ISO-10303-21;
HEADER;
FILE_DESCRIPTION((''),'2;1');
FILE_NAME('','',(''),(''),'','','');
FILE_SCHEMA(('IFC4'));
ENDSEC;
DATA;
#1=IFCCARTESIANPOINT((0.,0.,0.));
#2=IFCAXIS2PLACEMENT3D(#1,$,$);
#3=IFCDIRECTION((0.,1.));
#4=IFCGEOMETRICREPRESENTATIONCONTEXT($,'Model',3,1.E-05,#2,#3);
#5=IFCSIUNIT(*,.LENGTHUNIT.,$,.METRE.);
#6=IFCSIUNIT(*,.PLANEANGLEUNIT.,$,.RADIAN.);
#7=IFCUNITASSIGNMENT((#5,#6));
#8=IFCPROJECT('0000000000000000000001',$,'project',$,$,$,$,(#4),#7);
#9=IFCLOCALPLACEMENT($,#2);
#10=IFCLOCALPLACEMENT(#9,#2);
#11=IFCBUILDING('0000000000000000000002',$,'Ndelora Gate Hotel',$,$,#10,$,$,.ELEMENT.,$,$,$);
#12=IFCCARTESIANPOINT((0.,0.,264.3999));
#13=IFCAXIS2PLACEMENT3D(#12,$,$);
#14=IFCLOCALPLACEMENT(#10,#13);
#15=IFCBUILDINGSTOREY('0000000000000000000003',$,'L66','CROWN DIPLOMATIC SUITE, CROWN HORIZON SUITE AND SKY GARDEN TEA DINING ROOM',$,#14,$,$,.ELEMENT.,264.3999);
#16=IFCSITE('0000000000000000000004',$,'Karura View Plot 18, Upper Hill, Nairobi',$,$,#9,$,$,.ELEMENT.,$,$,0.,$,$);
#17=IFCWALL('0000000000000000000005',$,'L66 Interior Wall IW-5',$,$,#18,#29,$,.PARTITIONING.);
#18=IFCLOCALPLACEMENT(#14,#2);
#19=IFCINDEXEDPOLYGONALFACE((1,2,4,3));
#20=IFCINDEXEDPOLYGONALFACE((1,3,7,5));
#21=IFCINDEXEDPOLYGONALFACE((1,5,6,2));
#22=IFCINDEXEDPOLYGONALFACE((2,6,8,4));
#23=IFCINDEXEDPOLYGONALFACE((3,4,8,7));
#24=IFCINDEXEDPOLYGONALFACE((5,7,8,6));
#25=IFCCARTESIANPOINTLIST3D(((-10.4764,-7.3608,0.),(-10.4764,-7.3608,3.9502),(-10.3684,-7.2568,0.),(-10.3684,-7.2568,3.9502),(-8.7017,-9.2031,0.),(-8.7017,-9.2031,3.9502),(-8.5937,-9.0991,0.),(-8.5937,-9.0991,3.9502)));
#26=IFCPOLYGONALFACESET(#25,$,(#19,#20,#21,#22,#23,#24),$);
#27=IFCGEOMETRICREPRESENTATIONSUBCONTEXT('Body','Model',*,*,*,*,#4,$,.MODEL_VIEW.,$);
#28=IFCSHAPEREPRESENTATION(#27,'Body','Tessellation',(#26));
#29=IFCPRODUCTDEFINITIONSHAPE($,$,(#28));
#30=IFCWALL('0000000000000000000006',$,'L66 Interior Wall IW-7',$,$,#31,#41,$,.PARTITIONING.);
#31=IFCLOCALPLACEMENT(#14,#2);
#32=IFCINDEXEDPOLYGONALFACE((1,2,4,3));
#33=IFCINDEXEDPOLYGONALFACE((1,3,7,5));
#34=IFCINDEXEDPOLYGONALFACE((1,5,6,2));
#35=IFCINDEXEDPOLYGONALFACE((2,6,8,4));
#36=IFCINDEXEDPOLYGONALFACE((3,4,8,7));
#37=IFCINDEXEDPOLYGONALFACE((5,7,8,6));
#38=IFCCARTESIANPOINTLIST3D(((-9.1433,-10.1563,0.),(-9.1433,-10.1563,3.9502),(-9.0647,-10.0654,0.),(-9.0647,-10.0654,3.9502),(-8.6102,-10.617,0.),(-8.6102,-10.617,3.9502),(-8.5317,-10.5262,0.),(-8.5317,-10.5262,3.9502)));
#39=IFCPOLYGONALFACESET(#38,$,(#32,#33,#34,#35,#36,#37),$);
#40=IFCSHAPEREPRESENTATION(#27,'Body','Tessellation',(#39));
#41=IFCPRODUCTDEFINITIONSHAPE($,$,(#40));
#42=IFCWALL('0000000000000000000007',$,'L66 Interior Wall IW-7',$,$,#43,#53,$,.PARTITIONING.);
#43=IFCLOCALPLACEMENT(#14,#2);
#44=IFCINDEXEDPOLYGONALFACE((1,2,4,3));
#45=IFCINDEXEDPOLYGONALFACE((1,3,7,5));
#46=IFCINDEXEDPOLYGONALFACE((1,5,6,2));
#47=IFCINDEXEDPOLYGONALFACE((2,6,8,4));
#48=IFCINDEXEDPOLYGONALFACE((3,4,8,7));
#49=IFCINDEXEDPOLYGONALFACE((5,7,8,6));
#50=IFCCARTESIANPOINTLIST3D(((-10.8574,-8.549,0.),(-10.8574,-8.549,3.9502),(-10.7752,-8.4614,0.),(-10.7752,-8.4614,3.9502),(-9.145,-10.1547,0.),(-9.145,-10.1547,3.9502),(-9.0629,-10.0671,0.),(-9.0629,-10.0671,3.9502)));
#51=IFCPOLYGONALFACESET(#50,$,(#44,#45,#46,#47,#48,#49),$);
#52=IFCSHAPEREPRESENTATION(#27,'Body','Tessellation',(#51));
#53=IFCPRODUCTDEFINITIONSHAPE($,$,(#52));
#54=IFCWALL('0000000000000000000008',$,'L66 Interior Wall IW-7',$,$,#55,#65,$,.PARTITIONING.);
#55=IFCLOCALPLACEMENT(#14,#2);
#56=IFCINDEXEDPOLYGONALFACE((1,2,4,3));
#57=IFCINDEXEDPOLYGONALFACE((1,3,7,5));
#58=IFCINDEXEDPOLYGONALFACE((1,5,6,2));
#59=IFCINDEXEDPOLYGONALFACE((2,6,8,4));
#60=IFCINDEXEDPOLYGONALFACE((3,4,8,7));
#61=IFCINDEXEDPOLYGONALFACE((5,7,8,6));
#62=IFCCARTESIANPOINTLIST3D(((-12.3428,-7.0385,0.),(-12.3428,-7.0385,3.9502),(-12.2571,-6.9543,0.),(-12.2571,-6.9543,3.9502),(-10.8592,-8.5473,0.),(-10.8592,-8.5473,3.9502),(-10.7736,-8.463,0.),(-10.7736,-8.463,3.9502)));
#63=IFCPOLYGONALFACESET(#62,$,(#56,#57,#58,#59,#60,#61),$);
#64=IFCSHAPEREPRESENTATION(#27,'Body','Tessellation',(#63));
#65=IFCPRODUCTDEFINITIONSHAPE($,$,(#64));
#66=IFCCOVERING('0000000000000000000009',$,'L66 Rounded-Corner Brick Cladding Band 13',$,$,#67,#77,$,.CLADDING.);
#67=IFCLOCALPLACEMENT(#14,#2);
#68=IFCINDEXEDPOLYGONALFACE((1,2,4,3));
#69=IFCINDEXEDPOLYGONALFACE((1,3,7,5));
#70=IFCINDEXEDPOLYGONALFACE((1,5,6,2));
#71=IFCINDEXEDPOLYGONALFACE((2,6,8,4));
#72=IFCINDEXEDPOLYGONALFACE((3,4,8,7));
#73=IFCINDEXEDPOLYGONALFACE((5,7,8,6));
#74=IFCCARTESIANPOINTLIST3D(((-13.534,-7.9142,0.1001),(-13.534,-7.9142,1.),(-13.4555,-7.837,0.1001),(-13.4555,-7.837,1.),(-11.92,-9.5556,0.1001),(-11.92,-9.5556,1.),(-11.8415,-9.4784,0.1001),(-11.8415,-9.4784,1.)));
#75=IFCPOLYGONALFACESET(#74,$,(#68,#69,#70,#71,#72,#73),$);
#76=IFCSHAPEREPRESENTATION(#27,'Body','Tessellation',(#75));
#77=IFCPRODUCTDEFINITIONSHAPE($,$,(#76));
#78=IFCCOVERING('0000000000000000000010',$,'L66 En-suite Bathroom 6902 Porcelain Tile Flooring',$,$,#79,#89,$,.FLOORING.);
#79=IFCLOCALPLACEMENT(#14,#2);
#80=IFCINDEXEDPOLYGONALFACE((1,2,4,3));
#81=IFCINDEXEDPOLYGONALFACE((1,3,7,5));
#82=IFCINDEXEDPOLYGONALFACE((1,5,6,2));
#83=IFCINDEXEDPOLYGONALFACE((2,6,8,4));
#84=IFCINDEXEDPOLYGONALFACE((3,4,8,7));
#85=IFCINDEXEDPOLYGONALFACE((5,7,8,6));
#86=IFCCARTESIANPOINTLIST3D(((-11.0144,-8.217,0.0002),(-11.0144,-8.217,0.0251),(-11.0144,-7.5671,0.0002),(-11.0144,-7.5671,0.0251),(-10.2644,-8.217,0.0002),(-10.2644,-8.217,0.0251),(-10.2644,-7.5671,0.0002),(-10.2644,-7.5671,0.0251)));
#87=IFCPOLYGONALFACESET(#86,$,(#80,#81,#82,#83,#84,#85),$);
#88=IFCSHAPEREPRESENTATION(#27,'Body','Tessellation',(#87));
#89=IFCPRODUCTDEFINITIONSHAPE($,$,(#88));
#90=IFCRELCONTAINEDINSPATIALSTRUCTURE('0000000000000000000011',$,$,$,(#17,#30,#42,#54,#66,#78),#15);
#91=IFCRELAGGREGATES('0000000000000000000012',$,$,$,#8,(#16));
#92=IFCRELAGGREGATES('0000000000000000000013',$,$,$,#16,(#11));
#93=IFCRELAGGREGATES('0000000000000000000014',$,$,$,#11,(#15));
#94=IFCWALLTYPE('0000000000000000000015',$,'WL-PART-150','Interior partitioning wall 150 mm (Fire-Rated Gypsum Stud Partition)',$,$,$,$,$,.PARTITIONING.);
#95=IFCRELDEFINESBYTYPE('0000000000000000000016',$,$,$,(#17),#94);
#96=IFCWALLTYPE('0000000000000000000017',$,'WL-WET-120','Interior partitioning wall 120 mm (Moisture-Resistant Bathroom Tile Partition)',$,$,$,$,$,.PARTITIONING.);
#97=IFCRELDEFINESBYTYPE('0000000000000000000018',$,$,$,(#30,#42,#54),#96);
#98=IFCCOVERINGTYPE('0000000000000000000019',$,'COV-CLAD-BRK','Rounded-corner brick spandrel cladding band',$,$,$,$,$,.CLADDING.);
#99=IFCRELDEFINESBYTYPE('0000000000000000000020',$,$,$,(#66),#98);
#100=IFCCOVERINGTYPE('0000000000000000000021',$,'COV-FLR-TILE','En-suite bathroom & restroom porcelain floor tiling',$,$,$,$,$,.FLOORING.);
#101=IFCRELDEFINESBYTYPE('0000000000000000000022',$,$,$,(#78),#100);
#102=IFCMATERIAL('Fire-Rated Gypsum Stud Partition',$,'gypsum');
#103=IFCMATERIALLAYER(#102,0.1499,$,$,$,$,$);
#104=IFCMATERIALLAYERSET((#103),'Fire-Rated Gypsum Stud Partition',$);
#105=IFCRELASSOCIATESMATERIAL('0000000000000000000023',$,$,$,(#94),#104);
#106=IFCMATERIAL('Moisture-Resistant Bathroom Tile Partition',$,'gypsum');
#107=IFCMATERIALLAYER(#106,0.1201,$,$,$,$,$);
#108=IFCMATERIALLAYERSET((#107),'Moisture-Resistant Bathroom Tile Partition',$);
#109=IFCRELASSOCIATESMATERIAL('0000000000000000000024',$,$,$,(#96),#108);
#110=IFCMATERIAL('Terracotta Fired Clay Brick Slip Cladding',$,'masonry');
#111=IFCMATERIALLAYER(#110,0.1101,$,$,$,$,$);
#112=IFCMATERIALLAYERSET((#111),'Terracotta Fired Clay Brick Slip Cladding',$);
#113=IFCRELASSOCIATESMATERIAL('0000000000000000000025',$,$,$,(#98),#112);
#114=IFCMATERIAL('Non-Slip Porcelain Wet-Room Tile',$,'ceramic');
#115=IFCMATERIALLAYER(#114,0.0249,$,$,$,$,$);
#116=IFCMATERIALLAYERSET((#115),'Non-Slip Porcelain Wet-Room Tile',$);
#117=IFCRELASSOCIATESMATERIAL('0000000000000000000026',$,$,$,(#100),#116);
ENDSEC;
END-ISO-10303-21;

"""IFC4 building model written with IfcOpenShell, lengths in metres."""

from ifc_helpers import new_model, si_unit, direction, frame, frame_2d, origin, origin_2d, place, context, subcontext, project, spatial, rectangle, extrude, material, layer, layer_set, type_object, element, save


model = new_model("IFC4")

# Units and contexts
model_context = context("Model", 3, precision=1e-05, world=origin(), true_north=direction((0.0, 1.0)))
body_context = subcontext(model_context, "Body", "Model", "MODEL_VIEW")
ifc_project = project(units=[si_unit("LENGTHUNIT", "METRE"), si_unit("PLANEANGLEUNIT", "RADIAN")], contexts=[model_context])

# Site, building, storey
site_placement = place(None, origin())
site = spatial("IfcSite", under=ifc_project, at=site_placement, Name="Karura View Plot 18, Upper Hill, Nairobi", CompositionType="ELEMENT", RefElevation=0.0)
building_placement = place(site_placement, origin())
building = spatial("IfcBuilding", under=site, at=building_placement, Name="Ndelora Gate Hotel", CompositionType="ELEMENT")
storey_placement = place(building_placement, frame((0.0, 0.0, 264.3999)))
storey = spatial("IfcBuildingStorey", under=building, at=storey_placement, Name="L66", Description="CROWN DIPLOMATIC SUITE, CROWN HORIZON SUITE AND SKY GARDEN TEA DINING ROOM", CompositionType="ELEMENT", Elevation=264.3999)

# Shared definitions
ifc_material_1 = material(Name="Fire-Rated Gypsum Stud Partition", Category="gypsum")
ifc_layer_1 = layer(ifc_material_1, 0.1499)
ifc_layer_set_1 = layer_set([ifc_layer_1], Name="Fire-Rated Gypsum Stud Partition")
wall_type_1 = type_object("IfcWallType", Name="WL-PART-150", Description="Interior partitioning wall 150 mm (Fire-Rated Gypsum Stud Partition)", PredefinedType="PARTITIONING", material=ifc_layer_set_1)

# Walls
wall_1_placement = place(storey_placement, frame((-8.6477, -9.1511, 0.0), z_axis=(0.0, 0.0, 1.0), x_axis=(-0.693765, 0.720202, 0.0)))
element("IfcWall", 1, at=wall_1_placement, inside=storey, type_object=wall_type_1, Name="L66 Interior Wall IW-5", PredefinedType="PARTITIONING", context=body_context, shape_type="SweptSolid", body=[
    extrude(rectangle(XDim=2.5581, YDim=0.1499, at=frame_2d((1.2791, 0.0))), origin(), (0.0, 0.0, 1.0), 3.9502),
])
ifc_material_2 = material(Name="Moisture-Resistant Bathroom Tile Partition", Category="gypsum")
ifc_layer_2 = layer(ifc_material_2, 0.1201)
ifc_layer_set_2 = layer_set([ifc_layer_2], Name="Moisture-Resistant Bathroom Tile Partition")
wall_type_2 = type_object("IfcWallType", Name="WL-WET-120", Description="Interior partitioning wall 120 mm (Moisture-Resistant Bathroom Tile Partition)", PredefinedType="PARTITIONING", material=ifc_layer_set_2)
wall_2_placement = place(storey_placement, frame((-9.104, -10.1108, 0.0), z_axis=(0.0, 0.0, 1.0), x_axis=(0.756535, -0.653954, 0.0)))
element("IfcWall", 2, at=wall_2_placement, inside=storey, type_object=wall_type_2, Name="L66 Interior Wall IW-7", PredefinedType="PARTITIONING", context=body_context, shape_type="SweptSolid", body=[
    extrude(rectangle(XDim=0.7046, YDim=0.1201, at=frame_2d((0.3523, 0.0))), origin(), (0.0, 0.0, 1.0), 3.9502),
])
wall_3_placement = place(storey_placement, frame((-10.8164, -8.5051, 0.0), z_axis=(0.0, 0.0, 1.0), x_axis=(0.729466, -0.684017, 0.0)))
element("IfcWall", 3, at=wall_3_placement, inside=storey, type_object=wall_type_2, Name="L66 Interior Wall IW-7", PredefinedType="PARTITIONING", context=body_context, shape_type="SweptSolid", body=[
    extrude(rectangle(XDim=2.3474, YDim=0.1201, at=frame_2d((1.1738, 0.0))), origin(), (0.0, 0.0, 1.0), 3.9502),
])
wall_4_placement = place(storey_placement, frame((-12.3, -6.9963, 0.0), z_axis=(0.0, 0.0, 1.0), x_axis=(0.70114, -0.713024, 0.0)))
element("IfcWall", 4, at=wall_4_placement, inside=storey, type_object=wall_type_2, Name="L66 Interior Wall IW-7", PredefinedType="PARTITIONING", context=body_context, shape_type="SweptSolid", body=[
    extrude(rectangle(XDim=2.116, YDim=0.1201, at=frame_2d((1.0581, 0.0))), origin(), (0.0, 0.0, 1.0), 3.9502),
])

# Coverings
ifc_material_3 = material(Name="Terracotta Fired Clay Brick Slip Cladding", Category="masonry")
ifc_layer_3 = layer(ifc_material_3, 0.1101)
ifc_layer_set_3 = layer_set([ifc_layer_3], Name="Terracotta Fired Clay Brick Slip Cladding")
covering_type_1 = type_object("IfcCoveringType", Name="COV-CLAD-BRK", Description="Rounded-corner brick spandrel cladding band", PredefinedType="CLADDING", material=ifc_layer_set_3)
covering_1_placement = place(storey_placement, frame((-12.6877, -8.6963, 0.1001), z_axis=(0.0, 0.0, 1.0), x_axis=(-0.701158, 0.713006, 0.0)))
element("IfcCovering", 5, at=covering_1_placement, inside=storey, type_object=covering_type_1, Name="L66 Rounded-Corner Brick Cladding Band 13", PredefinedType="CLADDING", context=body_context, shape_type="SweptSolid", body=[
    extrude(rectangle(XDim=2.302, YDim=0.1101, at=origin_2d()), origin(), (0.0, 0.0, 1.0), 0.8999),
])
ifc_material_4 = material(Name="Non-Slip Porcelain Wet-Room Tile", Category="ceramic")
ifc_layer_4 = layer(ifc_material_4, 0.0249)
ifc_layer_set_4 = layer_set([ifc_layer_4], Name="Non-Slip Porcelain Wet-Room Tile")
covering_type_2 = type_object("IfcCoveringType", Name="COV-FLR-TILE", Description="En-suite bathroom & restroom porcelain floor tiling", PredefinedType="FLOORING", material=ifc_layer_set_4)
covering_2_placement = place(storey_placement, frame((-10.6394, -7.8921, 0.0002), z_axis=(0.0, 0.0, 1.0), x_axis=(1.0, 0.0, 0.0)))
element("IfcCovering", 6, at=covering_2_placement, inside=storey, type_object=covering_type_2, Name="L66 En-suite Bathroom 6902 Porcelain Tile Flooring", PredefinedType="FLOORING", context=body_context, shape_type="SweptSolid", body=[
    extrude(rectangle(XDim=0.75, YDim=0.6499, at=origin_2d()), origin(), (0.0, 0.0, 1.0), 0.0249),
])

save(model, "model.ifc")
